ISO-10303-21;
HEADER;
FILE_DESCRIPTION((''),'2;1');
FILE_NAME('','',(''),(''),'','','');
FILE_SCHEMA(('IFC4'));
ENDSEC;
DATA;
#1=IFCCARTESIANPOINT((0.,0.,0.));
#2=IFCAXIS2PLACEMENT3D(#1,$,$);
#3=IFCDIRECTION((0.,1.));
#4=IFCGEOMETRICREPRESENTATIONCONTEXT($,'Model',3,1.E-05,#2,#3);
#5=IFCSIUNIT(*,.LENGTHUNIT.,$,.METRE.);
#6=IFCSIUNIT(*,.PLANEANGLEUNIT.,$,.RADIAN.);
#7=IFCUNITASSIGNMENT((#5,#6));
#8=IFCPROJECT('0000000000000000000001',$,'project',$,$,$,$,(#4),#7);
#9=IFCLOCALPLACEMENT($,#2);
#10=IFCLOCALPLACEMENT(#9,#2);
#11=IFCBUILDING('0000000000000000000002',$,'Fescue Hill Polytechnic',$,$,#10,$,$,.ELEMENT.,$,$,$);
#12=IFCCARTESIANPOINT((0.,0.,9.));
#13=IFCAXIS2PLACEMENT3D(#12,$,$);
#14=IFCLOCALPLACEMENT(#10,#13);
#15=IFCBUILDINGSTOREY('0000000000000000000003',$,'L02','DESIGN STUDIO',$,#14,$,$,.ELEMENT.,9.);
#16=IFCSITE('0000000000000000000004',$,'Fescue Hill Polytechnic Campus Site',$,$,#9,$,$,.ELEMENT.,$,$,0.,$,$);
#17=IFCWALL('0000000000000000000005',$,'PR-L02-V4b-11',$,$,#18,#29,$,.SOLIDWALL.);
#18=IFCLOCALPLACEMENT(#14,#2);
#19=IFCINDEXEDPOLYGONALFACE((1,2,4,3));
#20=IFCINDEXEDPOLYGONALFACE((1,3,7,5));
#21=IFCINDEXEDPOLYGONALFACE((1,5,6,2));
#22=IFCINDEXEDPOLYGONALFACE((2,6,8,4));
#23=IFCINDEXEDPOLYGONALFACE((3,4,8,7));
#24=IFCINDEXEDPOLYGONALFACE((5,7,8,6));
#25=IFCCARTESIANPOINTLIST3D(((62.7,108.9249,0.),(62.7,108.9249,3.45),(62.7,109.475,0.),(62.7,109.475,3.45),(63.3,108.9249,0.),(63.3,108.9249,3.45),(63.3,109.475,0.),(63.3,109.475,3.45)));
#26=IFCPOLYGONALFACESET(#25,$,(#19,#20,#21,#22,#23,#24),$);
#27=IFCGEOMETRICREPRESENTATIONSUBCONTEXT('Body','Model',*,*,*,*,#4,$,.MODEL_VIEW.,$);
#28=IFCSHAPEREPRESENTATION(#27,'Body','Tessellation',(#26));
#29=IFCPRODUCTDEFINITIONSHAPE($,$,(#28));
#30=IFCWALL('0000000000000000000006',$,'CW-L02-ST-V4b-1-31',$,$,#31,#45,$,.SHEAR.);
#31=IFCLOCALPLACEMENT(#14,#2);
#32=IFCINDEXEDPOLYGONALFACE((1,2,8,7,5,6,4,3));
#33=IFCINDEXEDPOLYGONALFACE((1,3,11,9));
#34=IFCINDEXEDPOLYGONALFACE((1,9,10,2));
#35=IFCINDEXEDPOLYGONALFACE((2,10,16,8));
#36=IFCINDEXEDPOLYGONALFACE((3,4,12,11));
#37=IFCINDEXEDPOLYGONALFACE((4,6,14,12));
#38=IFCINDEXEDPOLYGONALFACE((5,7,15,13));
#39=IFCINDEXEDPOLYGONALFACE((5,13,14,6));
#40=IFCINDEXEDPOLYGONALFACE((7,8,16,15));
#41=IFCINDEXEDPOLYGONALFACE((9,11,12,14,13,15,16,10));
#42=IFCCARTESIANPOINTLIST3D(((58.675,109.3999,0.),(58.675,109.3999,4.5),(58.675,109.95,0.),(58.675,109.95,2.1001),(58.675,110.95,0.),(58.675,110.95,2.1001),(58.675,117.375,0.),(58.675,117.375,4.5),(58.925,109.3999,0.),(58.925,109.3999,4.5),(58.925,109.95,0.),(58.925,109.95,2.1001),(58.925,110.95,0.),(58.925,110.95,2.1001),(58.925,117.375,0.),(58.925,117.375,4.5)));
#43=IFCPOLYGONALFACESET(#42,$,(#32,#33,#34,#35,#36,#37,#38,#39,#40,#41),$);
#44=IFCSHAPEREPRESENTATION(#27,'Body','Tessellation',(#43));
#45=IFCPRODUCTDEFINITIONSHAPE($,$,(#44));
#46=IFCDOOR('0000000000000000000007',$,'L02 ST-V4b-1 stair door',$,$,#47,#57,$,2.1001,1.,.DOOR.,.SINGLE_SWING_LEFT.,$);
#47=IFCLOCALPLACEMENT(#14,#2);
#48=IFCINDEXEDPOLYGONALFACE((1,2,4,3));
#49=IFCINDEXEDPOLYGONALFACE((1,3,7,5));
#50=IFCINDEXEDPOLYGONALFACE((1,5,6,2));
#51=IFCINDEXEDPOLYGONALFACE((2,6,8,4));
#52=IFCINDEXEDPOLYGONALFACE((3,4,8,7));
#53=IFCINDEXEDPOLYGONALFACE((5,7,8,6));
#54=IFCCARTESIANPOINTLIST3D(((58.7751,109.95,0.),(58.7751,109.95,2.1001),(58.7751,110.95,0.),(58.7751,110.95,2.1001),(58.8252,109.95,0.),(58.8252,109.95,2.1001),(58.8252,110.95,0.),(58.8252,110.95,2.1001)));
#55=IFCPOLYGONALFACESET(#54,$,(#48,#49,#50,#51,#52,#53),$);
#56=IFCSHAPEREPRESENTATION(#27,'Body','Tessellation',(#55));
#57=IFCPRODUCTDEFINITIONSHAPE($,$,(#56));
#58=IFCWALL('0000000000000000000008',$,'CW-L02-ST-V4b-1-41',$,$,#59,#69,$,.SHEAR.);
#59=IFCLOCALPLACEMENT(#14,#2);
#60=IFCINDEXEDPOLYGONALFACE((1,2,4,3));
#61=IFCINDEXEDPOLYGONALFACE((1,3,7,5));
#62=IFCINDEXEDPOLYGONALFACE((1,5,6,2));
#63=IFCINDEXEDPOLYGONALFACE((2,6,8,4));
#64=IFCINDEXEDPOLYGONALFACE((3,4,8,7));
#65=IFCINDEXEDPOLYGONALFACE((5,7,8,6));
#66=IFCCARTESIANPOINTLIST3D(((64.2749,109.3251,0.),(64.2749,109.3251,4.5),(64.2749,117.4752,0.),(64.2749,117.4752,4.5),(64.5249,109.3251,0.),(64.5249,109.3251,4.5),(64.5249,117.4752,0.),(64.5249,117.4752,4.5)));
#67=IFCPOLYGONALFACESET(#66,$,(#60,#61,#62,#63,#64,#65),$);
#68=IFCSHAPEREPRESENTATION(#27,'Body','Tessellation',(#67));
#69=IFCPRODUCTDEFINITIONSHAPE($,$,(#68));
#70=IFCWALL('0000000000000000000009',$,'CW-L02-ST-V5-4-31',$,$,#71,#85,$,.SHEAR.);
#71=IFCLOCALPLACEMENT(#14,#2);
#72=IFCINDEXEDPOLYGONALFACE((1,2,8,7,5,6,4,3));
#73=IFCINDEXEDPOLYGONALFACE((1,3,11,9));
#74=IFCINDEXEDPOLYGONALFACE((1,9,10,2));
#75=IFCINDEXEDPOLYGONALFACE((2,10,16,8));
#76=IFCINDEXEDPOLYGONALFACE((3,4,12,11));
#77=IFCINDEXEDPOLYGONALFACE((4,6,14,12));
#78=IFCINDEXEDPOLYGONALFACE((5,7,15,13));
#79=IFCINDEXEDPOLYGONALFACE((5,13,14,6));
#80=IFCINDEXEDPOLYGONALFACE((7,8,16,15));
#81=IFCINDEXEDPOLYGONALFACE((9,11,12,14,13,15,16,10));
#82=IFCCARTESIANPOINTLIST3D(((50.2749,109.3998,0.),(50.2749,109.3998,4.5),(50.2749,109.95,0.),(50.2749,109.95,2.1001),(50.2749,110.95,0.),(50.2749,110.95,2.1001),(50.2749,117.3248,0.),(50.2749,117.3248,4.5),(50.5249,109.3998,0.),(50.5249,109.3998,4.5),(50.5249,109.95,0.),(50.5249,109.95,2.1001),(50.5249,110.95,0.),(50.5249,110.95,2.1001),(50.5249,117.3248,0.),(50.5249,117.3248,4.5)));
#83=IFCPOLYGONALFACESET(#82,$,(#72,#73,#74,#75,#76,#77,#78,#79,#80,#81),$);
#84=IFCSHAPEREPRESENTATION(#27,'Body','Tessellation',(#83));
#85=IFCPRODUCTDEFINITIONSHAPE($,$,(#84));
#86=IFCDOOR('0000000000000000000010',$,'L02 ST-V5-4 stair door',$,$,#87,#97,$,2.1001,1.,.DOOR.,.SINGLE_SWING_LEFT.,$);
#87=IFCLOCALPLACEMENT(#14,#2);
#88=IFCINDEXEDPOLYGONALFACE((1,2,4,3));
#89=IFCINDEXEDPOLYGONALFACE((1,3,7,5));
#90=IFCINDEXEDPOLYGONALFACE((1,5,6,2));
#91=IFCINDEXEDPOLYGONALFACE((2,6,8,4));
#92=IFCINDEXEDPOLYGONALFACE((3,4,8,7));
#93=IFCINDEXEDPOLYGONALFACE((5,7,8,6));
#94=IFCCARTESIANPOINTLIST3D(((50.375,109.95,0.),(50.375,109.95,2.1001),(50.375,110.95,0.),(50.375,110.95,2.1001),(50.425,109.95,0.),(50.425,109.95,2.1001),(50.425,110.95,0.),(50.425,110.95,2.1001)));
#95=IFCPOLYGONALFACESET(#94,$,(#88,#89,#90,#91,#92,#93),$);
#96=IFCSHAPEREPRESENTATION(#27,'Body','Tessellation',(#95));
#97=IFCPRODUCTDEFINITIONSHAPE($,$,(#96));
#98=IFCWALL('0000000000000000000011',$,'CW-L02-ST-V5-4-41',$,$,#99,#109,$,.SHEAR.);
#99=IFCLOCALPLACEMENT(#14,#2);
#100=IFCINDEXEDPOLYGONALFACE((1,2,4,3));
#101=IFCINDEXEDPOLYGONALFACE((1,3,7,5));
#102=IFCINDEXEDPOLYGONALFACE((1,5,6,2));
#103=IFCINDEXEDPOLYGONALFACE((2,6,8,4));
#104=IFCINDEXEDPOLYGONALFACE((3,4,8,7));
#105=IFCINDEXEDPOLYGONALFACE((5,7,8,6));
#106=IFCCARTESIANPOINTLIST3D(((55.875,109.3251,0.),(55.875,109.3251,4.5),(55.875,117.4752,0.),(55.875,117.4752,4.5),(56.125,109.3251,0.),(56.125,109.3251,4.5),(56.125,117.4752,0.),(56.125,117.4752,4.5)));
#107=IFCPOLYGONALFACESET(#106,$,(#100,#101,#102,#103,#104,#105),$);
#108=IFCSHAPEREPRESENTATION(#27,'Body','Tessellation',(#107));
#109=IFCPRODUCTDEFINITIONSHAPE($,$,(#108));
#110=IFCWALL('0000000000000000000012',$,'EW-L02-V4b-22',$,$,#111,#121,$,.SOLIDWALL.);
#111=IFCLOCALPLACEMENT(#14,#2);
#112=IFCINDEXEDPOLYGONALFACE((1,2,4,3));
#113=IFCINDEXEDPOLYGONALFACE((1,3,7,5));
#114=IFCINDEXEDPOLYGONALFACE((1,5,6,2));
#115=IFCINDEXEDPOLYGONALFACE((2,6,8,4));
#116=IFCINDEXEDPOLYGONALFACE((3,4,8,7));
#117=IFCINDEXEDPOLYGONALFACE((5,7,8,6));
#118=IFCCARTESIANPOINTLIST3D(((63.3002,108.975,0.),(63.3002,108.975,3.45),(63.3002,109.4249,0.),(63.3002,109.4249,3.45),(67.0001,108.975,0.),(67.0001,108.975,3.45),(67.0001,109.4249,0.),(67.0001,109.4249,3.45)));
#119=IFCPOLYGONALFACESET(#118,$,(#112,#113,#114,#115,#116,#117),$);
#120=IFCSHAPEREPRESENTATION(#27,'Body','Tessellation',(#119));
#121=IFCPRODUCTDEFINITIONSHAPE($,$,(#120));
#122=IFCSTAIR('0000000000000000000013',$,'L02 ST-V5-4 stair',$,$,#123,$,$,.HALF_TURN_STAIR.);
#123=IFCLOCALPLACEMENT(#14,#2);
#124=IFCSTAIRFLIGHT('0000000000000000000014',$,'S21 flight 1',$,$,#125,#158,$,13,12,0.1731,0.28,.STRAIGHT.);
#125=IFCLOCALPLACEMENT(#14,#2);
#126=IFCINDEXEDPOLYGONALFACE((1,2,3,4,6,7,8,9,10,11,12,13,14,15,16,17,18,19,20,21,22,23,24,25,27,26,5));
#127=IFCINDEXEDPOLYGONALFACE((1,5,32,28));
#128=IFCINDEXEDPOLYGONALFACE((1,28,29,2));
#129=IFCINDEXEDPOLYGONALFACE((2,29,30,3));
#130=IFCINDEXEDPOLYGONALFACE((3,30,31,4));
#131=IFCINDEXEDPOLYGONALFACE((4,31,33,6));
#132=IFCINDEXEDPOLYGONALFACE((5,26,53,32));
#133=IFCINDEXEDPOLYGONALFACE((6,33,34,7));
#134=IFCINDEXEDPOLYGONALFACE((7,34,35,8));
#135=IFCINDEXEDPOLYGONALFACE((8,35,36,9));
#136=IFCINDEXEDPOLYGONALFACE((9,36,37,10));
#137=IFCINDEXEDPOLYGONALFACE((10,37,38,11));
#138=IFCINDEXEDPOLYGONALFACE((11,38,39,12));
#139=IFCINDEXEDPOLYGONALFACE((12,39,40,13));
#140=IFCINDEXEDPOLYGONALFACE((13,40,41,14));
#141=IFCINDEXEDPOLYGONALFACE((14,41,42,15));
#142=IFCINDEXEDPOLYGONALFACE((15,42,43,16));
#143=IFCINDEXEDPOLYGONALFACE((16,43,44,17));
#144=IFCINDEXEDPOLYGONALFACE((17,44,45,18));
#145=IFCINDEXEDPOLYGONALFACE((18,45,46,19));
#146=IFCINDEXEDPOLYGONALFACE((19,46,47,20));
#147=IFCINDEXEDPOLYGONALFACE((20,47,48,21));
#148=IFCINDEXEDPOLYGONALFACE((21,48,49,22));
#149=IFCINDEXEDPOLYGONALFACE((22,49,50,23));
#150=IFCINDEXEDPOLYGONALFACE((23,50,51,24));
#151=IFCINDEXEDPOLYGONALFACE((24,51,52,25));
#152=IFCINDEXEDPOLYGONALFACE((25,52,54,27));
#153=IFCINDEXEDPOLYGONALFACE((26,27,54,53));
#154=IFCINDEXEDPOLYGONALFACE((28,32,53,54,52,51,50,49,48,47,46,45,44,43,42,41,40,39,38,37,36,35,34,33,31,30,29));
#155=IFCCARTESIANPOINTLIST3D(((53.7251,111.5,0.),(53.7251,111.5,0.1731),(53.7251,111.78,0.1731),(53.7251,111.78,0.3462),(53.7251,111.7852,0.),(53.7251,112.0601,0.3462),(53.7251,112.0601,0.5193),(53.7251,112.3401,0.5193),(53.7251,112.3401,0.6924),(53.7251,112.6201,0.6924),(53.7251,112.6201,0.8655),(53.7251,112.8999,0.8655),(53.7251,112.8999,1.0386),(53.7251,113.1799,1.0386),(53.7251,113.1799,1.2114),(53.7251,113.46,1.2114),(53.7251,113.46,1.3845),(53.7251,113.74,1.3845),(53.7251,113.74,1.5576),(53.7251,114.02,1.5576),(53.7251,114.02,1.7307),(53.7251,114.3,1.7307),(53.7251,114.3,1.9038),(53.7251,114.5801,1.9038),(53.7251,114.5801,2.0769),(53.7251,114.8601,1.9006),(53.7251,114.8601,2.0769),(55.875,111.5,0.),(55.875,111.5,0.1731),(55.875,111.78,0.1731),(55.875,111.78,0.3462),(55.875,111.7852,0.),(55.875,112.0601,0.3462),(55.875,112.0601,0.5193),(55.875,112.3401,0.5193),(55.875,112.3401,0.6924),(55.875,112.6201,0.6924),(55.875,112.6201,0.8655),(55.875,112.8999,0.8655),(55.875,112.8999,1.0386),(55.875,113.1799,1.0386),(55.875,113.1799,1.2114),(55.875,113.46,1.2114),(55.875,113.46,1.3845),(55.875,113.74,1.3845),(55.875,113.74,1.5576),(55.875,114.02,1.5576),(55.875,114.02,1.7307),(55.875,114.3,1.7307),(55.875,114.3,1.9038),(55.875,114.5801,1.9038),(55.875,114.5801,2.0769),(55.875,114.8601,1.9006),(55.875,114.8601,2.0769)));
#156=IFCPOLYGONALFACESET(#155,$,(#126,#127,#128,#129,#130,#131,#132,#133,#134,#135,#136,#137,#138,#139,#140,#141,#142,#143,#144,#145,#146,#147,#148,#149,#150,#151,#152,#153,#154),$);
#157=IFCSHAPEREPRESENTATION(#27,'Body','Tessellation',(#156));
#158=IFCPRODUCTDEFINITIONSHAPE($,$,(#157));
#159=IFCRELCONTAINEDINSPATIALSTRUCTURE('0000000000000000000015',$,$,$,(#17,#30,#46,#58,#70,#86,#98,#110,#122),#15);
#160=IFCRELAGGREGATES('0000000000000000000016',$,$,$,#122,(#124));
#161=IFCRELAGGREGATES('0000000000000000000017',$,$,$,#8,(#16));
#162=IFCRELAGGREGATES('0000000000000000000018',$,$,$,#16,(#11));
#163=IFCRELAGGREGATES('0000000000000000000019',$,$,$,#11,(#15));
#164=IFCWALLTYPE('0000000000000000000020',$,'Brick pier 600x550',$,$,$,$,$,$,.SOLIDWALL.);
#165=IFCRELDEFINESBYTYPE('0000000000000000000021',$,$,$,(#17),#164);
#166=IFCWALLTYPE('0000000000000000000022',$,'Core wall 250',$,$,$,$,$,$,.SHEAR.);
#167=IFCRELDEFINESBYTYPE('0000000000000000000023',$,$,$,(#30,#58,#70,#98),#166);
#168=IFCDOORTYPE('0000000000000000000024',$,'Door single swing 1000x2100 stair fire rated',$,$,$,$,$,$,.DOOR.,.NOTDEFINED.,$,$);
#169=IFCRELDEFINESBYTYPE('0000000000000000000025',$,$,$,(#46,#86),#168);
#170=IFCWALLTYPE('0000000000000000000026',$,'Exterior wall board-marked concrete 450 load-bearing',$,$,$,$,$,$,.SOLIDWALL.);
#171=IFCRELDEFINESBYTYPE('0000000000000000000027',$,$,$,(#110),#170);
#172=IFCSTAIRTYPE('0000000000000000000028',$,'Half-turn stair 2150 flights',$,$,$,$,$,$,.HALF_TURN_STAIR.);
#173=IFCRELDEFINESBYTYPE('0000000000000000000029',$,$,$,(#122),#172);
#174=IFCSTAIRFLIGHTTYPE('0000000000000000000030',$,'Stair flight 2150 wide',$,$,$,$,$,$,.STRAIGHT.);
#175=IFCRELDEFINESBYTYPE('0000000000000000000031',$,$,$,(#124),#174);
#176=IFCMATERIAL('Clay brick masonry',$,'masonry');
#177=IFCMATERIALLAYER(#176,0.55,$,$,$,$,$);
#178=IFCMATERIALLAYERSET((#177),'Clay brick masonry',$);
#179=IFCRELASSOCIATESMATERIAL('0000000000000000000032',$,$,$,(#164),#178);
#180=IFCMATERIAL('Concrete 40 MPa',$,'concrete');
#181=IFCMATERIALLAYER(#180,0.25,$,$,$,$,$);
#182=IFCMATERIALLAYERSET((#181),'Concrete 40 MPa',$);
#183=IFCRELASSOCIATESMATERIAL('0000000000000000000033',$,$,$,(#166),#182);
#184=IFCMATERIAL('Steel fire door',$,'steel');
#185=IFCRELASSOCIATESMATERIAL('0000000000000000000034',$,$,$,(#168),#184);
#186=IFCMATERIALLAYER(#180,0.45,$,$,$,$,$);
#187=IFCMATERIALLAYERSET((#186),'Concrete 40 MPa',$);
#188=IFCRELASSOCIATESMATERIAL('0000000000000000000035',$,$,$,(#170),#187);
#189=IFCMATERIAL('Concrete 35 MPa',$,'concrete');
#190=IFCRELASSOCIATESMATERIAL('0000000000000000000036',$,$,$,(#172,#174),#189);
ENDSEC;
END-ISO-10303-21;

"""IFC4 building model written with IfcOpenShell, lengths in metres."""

from ifc_helpers import new_model, si_unit, direction, frame, frame_2d, origin, place, context, subcontext, project, spatial, polyline, rectangle, outline, extrude, material, layer, layer_set, type_object, element, fill, aggregate, save


model = new_model("IFC4")

# Units and contexts
model_context = context("Model", 3, precision=1e-05, world=origin(), true_north=direction((0.0, 1.0)))
body_context = subcontext(model_context, "Body", "Model", "MODEL_VIEW")
ifc_project = project(units=[si_unit("LENGTHUNIT", "METRE"), si_unit("PLANEANGLEUNIT", "RADIAN")], contexts=[model_context])

# Site, building, storey
site_placement = place(None, origin())
site = spatial("IfcSite", under=ifc_project, at=site_placement, Name="Fescue Hill Polytechnic Campus Site", CompositionType="ELEMENT", RefElevation=0.0)
building_placement = place(site_placement, origin())
building = spatial("IfcBuilding", under=site, at=building_placement, Name="Fescue Hill Polytechnic", CompositionType="ELEMENT")
storey_placement = place(building_placement, frame((0.0, 0.0, 9.0)))
storey = spatial("IfcBuildingStorey", under=building, at=storey_placement, Name="L02", Description="DESIGN STUDIO", CompositionType="ELEMENT", Elevation=9.0)

# Wall
ifc_material_1 = material(Name="Clay brick masonry", Category="masonry")
ifc_layer_1 = layer(ifc_material_1, 0.55)
ifc_layer_set_1 = layer_set([ifc_layer_1], Name="Clay brick masonry")
wall_type_1 = type_object("IfcWallType", Name="Brick pier 600x550", PredefinedType="SOLIDWALL", material=ifc_layer_set_1)
wall_1_placement = place(storey_placement, frame((62.7, 109.2, 0.0), z_axis=(0.0, 0.0, 1.0), x_axis=(1.0, 0.0, 0.0)))
element("IfcWall", 1, at=wall_1_placement, inside=storey, type_object=wall_type_1, Name="PR-L02-V4b-11", PredefinedType="SOLIDWALL", context=body_context, shape_type="SweptSolid", body=[
    extrude(rectangle(XDim=0.6001, YDim=0.55, at=frame_2d((0.3, 0.0))), origin(), (0.0, 0.0, 1.0), 3.45),
])

# Wall, opening, door
ifc_material_2 = material(Name="Concrete 40 MPa", Category="concrete")
ifc_layer_2 = layer(ifc_material_2, 0.25)
ifc_layer_set_2 = layer_set([ifc_layer_2], Name="Concrete 40 MPa")
wall_type_2 = type_object("IfcWallType", Name="Core wall 250", PredefinedType="SHEAR", material=ifc_layer_set_2)
wall_2_placement = place(storey_placement, frame((58.8, 109.3999, 0.0), z_axis=(0.0, 0.0, 1.0), x_axis=(0.0, 1.0, 0.0)))
wall_2 = element("IfcWall", 2, at=wall_2_placement, inside=storey, type_object=wall_type_2, Name="CW-L02-ST-V4b-1-31", PredefinedType="SHEAR", context=body_context, shape_type="SweptSolid", body=[
    extrude(rectangle(XDim=7.9751, YDim=0.25, at=frame_2d((3.9875, 0.0))), origin(), (0.0, 0.0, 1.0), 4.5),
])
opening_1_placement = place(wall_2_placement, frame((0.55, 0.0, 0.0)))
opening_1 = element("IfcOpeningElement", 3, at=opening_1_placement, cuts=wall_2, PredefinedType="OPENING", context=body_context, shape_type="SweptSolid", body=[
    extrude(rectangle(XDim=1.0, YDim=2.1001, at=frame_2d((0.5, 1.05))), frame((0.0, 0.135, 0.0), z_axis=(0.0, -1.0, 0.0), x_axis=(1.0, 0.0, 0.0)), (0.0, 0.0, 1.0), 0.27),
])
ifc_material_3 = material(Name="Steel fire door", Category="steel")
door_type = type_object("IfcDoorType", Name="Door single swing 1000x2100 stair fire rated", OperationType="NOTDEFINED", PredefinedType="DOOR", material=ifc_material_3)
door_1_placement = place(opening_1_placement, origin())
door_1 = element("IfcDoor", 4, at=door_1_placement, inside=storey, type_object=door_type, Name="L02 ST-V4b-1 stair door", OperationType="SINGLE_SWING_LEFT", OverallHeight=2.1001, OverallWidth=1.0, PredefinedType="DOOR", context=body_context, shape_type="SweptSolid", body=[
    extrude(rectangle(XDim=1.0, YDim=2.1001, at=frame_2d((0.5, 1.05))), frame((0.0, 0.0249, 0.0), z_axis=(0.0, -1.0, 0.0), x_axis=(1.0, 0.0, 0.0)), (0.0, 0.0, 1.0), 0.05),
])
fill(opening_1, door_1)

# Wall
wall_3_placement = place(storey_placement, frame((64.3999, 109.325, 0.0), z_axis=(0.0, 0.0, 1.0), x_axis=(0.0, 1.0, 0.0)))
element("IfcWall", 5, at=wall_3_placement, inside=storey, type_object=wall_type_2, Name="CW-L02-ST-V4b-1-41", PredefinedType="SHEAR", context=body_context, shape_type="SweptSolid", body=[
    extrude(rectangle(XDim=8.1501, YDim=0.25, at=frame_2d((4.0752, 0.0))), origin(), (0.0, 0.0, 1.0), 4.5),
])

# Wall, opening, door
wall_4_placement = place(storey_placement, frame((50.3999, 109.3999, 0.0), z_axis=(0.0, 0.0, 1.0), x_axis=(0.0, 1.0, 0.0)))
wall_4 = element("IfcWall", 6, at=wall_4_placement, inside=storey, type_object=wall_type_2, Name="CW-L02-ST-V5-4-31", PredefinedType="SHEAR", context=body_context, shape_type="SweptSolid", body=[
    extrude(rectangle(XDim=7.925, YDim=0.25, at=frame_2d((3.9624, 0.0))), origin(), (0.0, 0.0, 1.0), 4.5),
])
opening_2_placement = place(wall_4_placement, frame((0.55, 0.0, 0.0)))
opening_2 = element("IfcOpeningElement", 7, at=opening_2_placement, cuts=wall_4, PredefinedType="OPENING", context=body_context, shape_type="SweptSolid", body=[
    extrude(rectangle(XDim=1.0, YDim=2.1001, at=frame_2d((0.5, 1.05))), frame((0.0, 0.135, 0.0), z_axis=(0.0, -1.0, 0.0), x_axis=(1.0, 0.0, 0.0)), (0.0, 0.0, 1.0), 0.27),
])
door_2_placement = place(opening_2_placement, origin())
door_2 = element("IfcDoor", 8, at=door_2_placement, inside=storey, type_object=door_type, Name="L02 ST-V5-4 stair door", OperationType="SINGLE_SWING_LEFT", OverallHeight=2.1001, OverallWidth=1.0, PredefinedType="DOOR", context=body_context, shape_type="SweptSolid", body=[
    extrude(rectangle(XDim=1.0, YDim=2.1001, at=frame_2d((0.5, 1.05))), frame((0.0, 0.0249, 0.0), z_axis=(0.0, -1.0, 0.0), x_axis=(1.0, 0.0, 0.0)), (0.0, 0.0, 1.0), 0.05),
])
fill(opening_2, door_2)

# Walls
wall_5_placement = place(storey_placement, frame((56.0, 109.325, 0.0), z_axis=(0.0, 0.0, 1.0), x_axis=(0.0, 1.0, 0.0)))
element("IfcWall", 9, at=wall_5_placement, inside=storey, type_object=wall_type_2, Name="CW-L02-ST-V5-4-41", PredefinedType="SHEAR", context=body_context, shape_type="SweptSolid", body=[
    extrude(rectangle(XDim=8.1501, YDim=0.25, at=frame_2d((4.0752, 0.0))), origin(), (0.0, 0.0, 1.0), 4.5),
])
ifc_layer_3 = layer(ifc_material_2, 0.45)
ifc_layer_set_3 = layer_set([ifc_layer_3], Name="Concrete 40 MPa")
wall_type_3 = type_object("IfcWallType", Name="Exterior wall board-marked concrete 450 load-bearing", PredefinedType="SOLIDWALL", material=ifc_layer_set_3)
wall_6_placement = place(storey_placement, frame((63.3, 109.2, 0.0), z_axis=(0.0, 0.0, 1.0), x_axis=(1.0, 0.0, 0.0)))
element("IfcWall", 10, at=wall_6_placement, inside=storey, type_object=wall_type_3, Name="EW-L02-V4b-22", PredefinedType="SOLIDWALL", context=body_context, shape_type="SweptSolid", body=[
    extrude(rectangle(XDim=3.7, YDim=0.45, at=frame_2d((1.8501, 0.0))), origin(), (0.0, 0.0, 1.0), 3.45),
])

# Stair, stair flight
ifc_material_4 = material(Name="Concrete 35 MPa", Category="concrete")
stair_type = type_object("IfcStairType", Name="Half-turn stair 2150 flights", PredefinedType="HALF_TURN_STAIR", material=ifc_material_4)
stair_1_placement = place(storey_placement, origin())
stair_1 = element("IfcStair", 11, at=stair_1_placement, inside=storey, type_object=stair_type, Name="L02 ST-V5-4 stair", PredefinedType="HALF_TURN_STAIR")
stair_flight_type = type_object("IfcStairFlightType", Name="Stair flight 2150 wide", PredefinedType="STRAIGHT", material=ifc_material_4)
stair_flight_1_placement = place(storey_placement, frame((54.8, 111.5, 0.0), z_axis=(0.0, 0.0, 1.0), x_axis=(0.0, 1.0, 0.0)))
stair_flight_1 = element("IfcStairFlight", 12, at=stair_flight_1_placement, type_object=stair_flight_type, Name="S21 flight 1", NumberOfRisers=13, NumberOfTreads=12, PredefinedType="STRAIGHT", RiserHeight=0.1731, TreadLength=0.28, context=body_context, shape_type="SweptSolid", body=[
    extrude(outline(polyline([(0.0, 0.0), (0.0, 0.1731), (0.28, 0.1731), (0.28, 0.3462), (0.5601, 0.3462), (0.5601, 0.5193), (0.8401, 0.5193), (0.8401, 0.6924), (1.1201, 0.6924), (1.1201, 0.8655), (1.3999, 0.8655), (1.3999, 1.0386), (1.6799, 1.0386), (1.6799, 1.2114), (1.96, 1.2114), (1.96, 1.3845), (2.24, 1.3845), (2.24, 1.5576), (2.52, 1.5576), (2.52, 1.7307), (2.8, 1.7307), (2.8, 1.9038), (3.0801, 1.9038), (3.0801, 2.0769), (3.3601, 2.0769), (3.3601, 2.25), (3.3601, 1.9006), (0.2852, 0.0), (0.0, 0.0)])), frame((0.0, 1.075, 0.0), z_axis=(0.0, -1.0, 0.0), x_axis=(1.0, 0.0, 0.0)), (0.0, 0.0, 1.0), 2.1499),
])
aggregate(stair_1, [stair_flight_1])

save(model, "model.ifc")
